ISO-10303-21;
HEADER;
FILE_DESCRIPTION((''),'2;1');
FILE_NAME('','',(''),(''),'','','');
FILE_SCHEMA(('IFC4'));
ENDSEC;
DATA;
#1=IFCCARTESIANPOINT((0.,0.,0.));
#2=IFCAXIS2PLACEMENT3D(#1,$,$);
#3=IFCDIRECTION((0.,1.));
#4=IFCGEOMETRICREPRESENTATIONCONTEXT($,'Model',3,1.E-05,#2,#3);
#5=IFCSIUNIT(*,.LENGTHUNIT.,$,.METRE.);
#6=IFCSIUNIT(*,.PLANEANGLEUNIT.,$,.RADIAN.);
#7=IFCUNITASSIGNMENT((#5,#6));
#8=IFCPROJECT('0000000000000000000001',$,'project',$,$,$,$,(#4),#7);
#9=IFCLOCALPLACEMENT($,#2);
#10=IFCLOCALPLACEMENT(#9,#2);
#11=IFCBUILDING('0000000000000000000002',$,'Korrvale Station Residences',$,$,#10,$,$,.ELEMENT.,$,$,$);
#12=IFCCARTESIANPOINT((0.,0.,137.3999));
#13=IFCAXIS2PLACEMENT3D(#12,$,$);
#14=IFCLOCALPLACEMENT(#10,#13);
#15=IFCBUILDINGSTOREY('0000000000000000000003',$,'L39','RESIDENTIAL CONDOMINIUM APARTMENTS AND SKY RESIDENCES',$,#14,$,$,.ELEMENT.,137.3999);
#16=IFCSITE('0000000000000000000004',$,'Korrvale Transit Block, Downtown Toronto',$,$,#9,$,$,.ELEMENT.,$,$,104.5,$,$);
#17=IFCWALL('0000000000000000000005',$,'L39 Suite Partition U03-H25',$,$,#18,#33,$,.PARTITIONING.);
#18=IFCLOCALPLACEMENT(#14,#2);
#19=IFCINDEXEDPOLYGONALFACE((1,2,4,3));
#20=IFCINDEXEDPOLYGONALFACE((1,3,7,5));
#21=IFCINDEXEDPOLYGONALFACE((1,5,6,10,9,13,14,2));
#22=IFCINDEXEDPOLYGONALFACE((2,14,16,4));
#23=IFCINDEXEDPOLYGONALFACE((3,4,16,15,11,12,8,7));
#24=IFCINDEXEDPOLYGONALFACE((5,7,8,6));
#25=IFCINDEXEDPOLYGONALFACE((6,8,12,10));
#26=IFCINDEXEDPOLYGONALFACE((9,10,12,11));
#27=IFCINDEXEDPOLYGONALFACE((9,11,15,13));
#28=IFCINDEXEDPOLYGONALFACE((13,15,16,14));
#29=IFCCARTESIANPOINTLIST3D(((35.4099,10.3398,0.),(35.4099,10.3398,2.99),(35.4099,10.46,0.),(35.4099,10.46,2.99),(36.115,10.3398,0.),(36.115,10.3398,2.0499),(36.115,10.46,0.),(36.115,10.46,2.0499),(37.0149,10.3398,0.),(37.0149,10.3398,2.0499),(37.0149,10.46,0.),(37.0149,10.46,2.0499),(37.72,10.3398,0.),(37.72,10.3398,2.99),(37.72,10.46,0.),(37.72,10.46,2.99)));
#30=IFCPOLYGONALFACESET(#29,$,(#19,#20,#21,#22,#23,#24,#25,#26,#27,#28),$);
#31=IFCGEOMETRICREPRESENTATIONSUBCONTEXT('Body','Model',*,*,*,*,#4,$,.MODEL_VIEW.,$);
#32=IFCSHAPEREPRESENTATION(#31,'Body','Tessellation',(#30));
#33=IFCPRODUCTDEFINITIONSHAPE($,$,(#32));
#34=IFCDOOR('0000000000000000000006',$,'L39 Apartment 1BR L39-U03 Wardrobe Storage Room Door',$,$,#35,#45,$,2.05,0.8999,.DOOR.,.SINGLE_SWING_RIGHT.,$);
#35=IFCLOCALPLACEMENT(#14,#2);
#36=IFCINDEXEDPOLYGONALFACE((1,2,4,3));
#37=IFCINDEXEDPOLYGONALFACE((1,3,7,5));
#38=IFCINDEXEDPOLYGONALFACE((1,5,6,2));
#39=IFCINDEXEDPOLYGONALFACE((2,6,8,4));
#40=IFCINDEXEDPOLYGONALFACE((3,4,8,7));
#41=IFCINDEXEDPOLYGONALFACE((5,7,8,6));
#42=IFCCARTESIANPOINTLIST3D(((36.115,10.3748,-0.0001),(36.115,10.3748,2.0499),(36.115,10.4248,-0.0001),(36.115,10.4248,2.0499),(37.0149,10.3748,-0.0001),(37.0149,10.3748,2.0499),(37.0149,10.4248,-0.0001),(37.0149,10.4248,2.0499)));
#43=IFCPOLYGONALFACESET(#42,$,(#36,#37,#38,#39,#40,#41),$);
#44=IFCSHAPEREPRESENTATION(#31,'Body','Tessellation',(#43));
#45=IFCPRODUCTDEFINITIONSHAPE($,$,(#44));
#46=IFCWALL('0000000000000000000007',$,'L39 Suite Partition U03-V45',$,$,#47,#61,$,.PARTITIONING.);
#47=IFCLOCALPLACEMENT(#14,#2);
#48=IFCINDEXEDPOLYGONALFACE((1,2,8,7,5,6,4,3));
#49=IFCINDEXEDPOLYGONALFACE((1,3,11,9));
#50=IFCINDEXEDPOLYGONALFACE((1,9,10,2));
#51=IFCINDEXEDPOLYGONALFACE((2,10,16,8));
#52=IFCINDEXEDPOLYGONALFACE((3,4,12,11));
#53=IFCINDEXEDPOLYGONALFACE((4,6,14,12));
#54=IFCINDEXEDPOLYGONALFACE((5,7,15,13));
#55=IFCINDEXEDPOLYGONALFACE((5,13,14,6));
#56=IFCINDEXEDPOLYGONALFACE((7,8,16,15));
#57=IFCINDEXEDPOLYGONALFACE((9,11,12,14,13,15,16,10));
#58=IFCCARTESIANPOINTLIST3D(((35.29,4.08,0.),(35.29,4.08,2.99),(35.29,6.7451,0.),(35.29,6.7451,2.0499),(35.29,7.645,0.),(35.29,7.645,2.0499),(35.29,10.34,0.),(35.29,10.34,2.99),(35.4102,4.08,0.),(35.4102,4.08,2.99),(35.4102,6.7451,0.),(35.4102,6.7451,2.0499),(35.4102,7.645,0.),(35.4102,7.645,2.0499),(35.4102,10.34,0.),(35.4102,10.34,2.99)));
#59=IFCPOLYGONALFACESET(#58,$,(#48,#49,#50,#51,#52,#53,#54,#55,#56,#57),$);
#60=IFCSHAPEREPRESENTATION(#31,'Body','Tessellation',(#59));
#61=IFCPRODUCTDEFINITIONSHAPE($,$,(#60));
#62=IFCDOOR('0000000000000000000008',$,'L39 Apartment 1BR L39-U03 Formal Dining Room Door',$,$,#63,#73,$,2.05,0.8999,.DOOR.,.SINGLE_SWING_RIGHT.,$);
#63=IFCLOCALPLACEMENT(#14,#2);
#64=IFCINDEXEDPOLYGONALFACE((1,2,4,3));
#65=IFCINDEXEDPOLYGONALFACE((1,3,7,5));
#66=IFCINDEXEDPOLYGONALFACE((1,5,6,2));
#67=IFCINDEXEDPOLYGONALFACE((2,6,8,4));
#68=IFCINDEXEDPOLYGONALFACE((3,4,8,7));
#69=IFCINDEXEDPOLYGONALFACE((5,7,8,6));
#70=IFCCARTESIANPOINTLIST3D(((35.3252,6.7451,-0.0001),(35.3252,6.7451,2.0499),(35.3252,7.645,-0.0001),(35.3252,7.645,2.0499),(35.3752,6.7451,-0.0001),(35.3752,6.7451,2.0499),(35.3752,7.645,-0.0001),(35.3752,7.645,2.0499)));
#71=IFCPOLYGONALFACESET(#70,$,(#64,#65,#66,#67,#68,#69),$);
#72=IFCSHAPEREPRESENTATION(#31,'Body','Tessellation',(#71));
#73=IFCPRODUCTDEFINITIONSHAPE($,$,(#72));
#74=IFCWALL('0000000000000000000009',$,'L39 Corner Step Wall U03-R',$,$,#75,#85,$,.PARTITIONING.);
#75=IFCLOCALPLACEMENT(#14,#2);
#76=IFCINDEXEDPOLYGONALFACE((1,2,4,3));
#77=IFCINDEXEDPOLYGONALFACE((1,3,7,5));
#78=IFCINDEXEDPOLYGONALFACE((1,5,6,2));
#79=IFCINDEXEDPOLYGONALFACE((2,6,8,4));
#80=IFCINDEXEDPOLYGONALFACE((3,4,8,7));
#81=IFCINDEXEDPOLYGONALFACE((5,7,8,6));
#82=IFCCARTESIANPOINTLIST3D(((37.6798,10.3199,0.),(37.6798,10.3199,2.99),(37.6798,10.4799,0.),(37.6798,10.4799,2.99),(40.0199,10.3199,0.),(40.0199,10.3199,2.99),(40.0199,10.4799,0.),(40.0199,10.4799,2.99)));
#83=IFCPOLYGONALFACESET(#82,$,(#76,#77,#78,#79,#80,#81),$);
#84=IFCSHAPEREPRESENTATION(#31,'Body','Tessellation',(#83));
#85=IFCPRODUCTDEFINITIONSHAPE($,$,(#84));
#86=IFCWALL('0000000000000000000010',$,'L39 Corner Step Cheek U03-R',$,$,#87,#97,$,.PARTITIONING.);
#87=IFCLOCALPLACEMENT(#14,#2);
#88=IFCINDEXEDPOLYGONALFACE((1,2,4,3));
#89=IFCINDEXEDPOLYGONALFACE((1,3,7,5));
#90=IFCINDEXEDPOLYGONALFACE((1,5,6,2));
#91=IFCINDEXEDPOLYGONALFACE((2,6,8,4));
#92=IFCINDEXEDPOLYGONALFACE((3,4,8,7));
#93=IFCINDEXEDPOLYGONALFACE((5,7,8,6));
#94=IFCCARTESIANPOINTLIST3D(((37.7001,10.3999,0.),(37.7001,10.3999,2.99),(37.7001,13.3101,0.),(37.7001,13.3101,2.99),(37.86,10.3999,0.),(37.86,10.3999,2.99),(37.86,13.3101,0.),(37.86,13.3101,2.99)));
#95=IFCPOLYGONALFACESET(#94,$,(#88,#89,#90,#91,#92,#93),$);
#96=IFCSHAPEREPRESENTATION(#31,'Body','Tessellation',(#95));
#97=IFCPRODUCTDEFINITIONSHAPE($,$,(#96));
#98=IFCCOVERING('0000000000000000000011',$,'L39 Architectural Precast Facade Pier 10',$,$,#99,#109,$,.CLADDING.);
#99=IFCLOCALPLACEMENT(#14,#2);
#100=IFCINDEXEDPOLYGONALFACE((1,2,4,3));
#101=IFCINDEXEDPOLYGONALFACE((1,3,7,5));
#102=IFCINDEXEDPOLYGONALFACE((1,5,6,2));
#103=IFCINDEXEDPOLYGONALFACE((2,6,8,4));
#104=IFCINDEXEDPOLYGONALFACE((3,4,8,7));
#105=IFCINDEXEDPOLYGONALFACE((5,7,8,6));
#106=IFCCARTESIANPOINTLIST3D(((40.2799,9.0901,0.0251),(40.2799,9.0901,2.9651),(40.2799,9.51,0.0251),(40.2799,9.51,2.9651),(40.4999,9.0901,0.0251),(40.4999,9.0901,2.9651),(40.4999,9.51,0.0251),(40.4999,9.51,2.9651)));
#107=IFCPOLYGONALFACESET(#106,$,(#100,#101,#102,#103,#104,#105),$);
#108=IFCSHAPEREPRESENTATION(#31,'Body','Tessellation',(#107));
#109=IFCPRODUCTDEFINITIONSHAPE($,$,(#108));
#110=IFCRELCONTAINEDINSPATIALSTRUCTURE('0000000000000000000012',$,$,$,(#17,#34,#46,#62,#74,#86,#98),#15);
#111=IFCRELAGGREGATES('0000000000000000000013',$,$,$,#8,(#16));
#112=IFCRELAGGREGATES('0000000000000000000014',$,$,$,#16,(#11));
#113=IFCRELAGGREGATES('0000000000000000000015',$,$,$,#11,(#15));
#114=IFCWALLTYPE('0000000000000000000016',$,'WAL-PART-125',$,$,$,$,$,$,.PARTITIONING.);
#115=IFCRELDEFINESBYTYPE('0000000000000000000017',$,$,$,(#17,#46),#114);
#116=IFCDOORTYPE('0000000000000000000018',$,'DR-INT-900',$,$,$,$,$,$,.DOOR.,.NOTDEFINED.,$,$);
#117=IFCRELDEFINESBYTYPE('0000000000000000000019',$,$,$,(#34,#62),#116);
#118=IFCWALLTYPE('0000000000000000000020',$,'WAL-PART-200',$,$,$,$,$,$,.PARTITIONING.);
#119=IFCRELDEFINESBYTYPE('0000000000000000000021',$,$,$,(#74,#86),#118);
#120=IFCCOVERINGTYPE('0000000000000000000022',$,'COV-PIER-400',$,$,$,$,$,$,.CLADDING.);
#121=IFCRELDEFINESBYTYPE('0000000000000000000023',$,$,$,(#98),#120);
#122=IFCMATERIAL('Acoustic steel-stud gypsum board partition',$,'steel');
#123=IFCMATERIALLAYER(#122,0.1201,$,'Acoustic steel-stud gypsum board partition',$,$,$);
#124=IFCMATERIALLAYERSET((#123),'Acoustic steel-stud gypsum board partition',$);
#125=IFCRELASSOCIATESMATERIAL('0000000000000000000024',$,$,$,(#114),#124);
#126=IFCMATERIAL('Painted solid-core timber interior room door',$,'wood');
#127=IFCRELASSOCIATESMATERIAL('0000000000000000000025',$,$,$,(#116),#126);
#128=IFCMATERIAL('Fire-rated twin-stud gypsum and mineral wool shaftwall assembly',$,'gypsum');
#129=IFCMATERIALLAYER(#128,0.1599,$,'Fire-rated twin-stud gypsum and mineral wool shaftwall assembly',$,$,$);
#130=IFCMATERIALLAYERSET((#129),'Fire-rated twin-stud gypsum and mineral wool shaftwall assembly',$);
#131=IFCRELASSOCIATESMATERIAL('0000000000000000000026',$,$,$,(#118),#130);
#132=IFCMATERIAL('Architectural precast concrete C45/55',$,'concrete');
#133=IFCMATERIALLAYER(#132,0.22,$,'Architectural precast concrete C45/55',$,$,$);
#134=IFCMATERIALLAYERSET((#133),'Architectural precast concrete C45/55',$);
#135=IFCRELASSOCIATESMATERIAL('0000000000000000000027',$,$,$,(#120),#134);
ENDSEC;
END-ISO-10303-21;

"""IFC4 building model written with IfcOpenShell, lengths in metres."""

from ifc_helpers import new_model, si_unit, direction, frame, frame_2d, origin, origin_2d, place, context, subcontext, project, spatial, rectangle, extrude, material, layer, layer_set, type_object, element, fill, save


model = new_model("IFC4")

# Units and contexts
model_context = context("Model", 3, precision=1e-05, world=origin(), true_north=direction((0.0, 1.0)))
body_context = subcontext(model_context, "Body", "Model", "MODEL_VIEW")
ifc_project = project(units=[si_unit("LENGTHUNIT", "METRE"), si_unit("PLANEANGLEUNIT", "RADIAN")], contexts=[model_context])

# Site, building, storey
site_placement = place(None, origin())
site = spatial("IfcSite", under=ifc_project, at=site_placement, Name="Korrvale Transit Block, Downtown Toronto", CompositionType="ELEMENT", RefElevation=104.5)
building_placement = place(site_placement, origin())
building = spatial("IfcBuilding", under=site, at=building_placement, Name="Korrvale Station Residences", CompositionType="ELEMENT")
storey_placement = place(building_placement, frame((0.0, 0.0, 137.3999)))
storey = spatial("IfcBuildingStorey", under=building, at=storey_placement, Name="L39", Description="RESIDENTIAL CONDOMINIUM APARTMENTS AND SKY RESIDENCES", CompositionType="ELEMENT", Elevation=137.3999)

# Shared definitions
ifc_material_1 = material(Name="Acoustic steel-stud gypsum board partition", Category="steel")
ifc_layer_1 = layer(ifc_material_1, 0.1201, Name="Acoustic steel-stud gypsum board partition")
ifc_layer_set_1 = layer_set([ifc_layer_1], Name="Acoustic steel-stud gypsum board partition")
wall_type_1 = type_object("IfcWallType", Name="WAL-PART-125", PredefinedType="PARTITIONING", material=ifc_layer_set_1)
ifc_material_2 = material(Name="Painted solid-core timber interior room door", Category="wood")
door_type = type_object("IfcDoorType", Name="DR-INT-900", OperationType="NOTDEFINED", PredefinedType="DOOR", material=ifc_material_2)

# Walls, openings, doors
wall_1_placement = place(storey_placement, frame((35.4099, 10.3999, 0.0), z_axis=(0.0, 0.0, 1.0), x_axis=(1.0, 0.0, 0.0)))
wall_1 = element("IfcWall", 1, at=wall_1_placement, inside=storey, type_object=wall_type_1, Name="L39 Suite Partition U03-H25", PredefinedType="PARTITIONING", context=body_context, shape_type="SweptSolid", body=[
    extrude(rectangle(XDim=2.3101, YDim=0.1201, at=frame_2d((1.155, 0.0))), origin(), (0.0, 0.0, 1.0), 2.99),
])
opening_1_placement = place(wall_1_placement, frame((0.7051, 0.0, 0.0)))
opening_1 = element("IfcOpeningElement", 2, at=opening_1_placement, cuts=wall_1, PredefinedType="OPENING", context=body_context, shape_type="SweptSolid", body=[
    extrude(rectangle(XDim=0.8999, YDim=2.05, at=frame_2d((0.45, 1.0249))), frame((0.0, 0.0701, 0.0), z_axis=(0.0, -1.0, 0.0), x_axis=(1.0, 0.0, 0.0)), (0.0, 0.0, 1.0), 0.1401),
])
door_1_placement = place(opening_1_placement, origin())
door_1 = element("IfcDoor", 3, at=door_1_placement, inside=storey, type_object=door_type, Name="L39 Apartment 1BR L39-U03 Wardrobe Storage Room Door", OperationType="SINGLE_SWING_RIGHT", OverallHeight=2.05, OverallWidth=0.8999, PredefinedType="DOOR", context=body_context, shape_type="SweptSolid", body=[
    extrude(rectangle(XDim=0.8999, YDim=2.05, at=frame_2d((0.45, 1.0249))), frame((0.0, 0.0249, 0.0), z_axis=(0.0, -1.0, 0.0), x_axis=(1.0, 0.0, 0.0)), (0.0, 0.0, 1.0), 0.05),
])
fill(opening_1, door_1)
wall_2_placement = place(storey_placement, frame((35.3501, 4.0801, 0.0), z_axis=(0.0, 0.0, 1.0), x_axis=(0.0, 1.0, 0.0)))
wall_2 = element("IfcWall", 4, at=wall_2_placement, inside=storey, type_object=wall_type_1, Name="L39 Suite Partition U03-V45", PredefinedType="PARTITIONING", context=body_context, shape_type="SweptSolid", body=[
    extrude(rectangle(XDim=6.26, YDim=0.1201, at=frame_2d((3.1299, 0.0))), origin(), (0.0, 0.0, 1.0), 2.99),
])
opening_2_placement = place(wall_2_placement, frame((2.665, 0.0, 0.0)))
opening_2 = element("IfcOpeningElement", 5, at=opening_2_placement, cuts=wall_2, PredefinedType="OPENING", context=body_context, shape_type="SweptSolid", body=[
    extrude(rectangle(XDim=0.8999, YDim=2.05, at=frame_2d((0.45, 1.0249))), frame((0.0, 0.0701, 0.0), z_axis=(0.0, -1.0, 0.0), x_axis=(1.0, 0.0, 0.0)), (0.0, 0.0, 1.0), 0.1401),
])
door_2_placement = place(opening_2_placement, origin())
door_2 = element("IfcDoor", 6, at=door_2_placement, inside=storey, type_object=door_type, Name="L39 Apartment 1BR L39-U03 Formal Dining Room Door", OperationType="SINGLE_SWING_RIGHT", OverallHeight=2.05, OverallWidth=0.8999, PredefinedType="DOOR", context=body_context, shape_type="SweptSolid", body=[
    extrude(rectangle(XDim=0.8999, YDim=2.05, at=frame_2d((0.45, 1.0249))), frame((0.0, 0.0249, 0.0), z_axis=(0.0, -1.0, 0.0), x_axis=(1.0, 0.0, 0.0)), (0.0, 0.0, 1.0), 0.05),
])
fill(opening_2, door_2)

# Walls
ifc_material_3 = material(Name="Fire-rated twin-stud gypsum and mineral wool shaftwall assembly", Category="gypsum")
ifc_layer_2 = layer(ifc_material_3, 0.1599, Name="Fire-rated twin-stud gypsum and mineral wool shaftwall assembly")
ifc_layer_set_2 = layer_set([ifc_layer_2], Name="Fire-rated twin-stud gypsum and mineral wool shaftwall assembly")
wall_type_2 = type_object("IfcWallType", Name="WAL-PART-200", PredefinedType="PARTITIONING", material=ifc_layer_set_2)
wall_3_placement = place(storey_placement, frame((37.6799, 10.3999, 0.0), z_axis=(0.0, 0.0, 1.0), x_axis=(1.0, 0.0, 0.0)))
element("IfcWall", 7, at=wall_3_placement, inside=storey, type_object=wall_type_2, Name="L39 Corner Step Wall U03-R", PredefinedType="PARTITIONING", context=body_context, shape_type="SweptSolid", body=[
    extrude(rectangle(XDim=2.3401, YDim=0.1599, at=frame_2d((1.1699, 0.0))), origin(), (0.0, 0.0, 1.0), 2.99),
])
wall_4_placement = place(storey_placement, frame((37.78, 10.3999, 0.0), z_axis=(0.0, 0.0, 1.0), x_axis=(0.0, 1.0, 0.0)))
element("IfcWall", 8, at=wall_4_placement, inside=storey, type_object=wall_type_2, Name="L39 Corner Step Cheek U03-R", PredefinedType="PARTITIONING", context=body_context, shape_type="SweptSolid", body=[
    extrude(rectangle(XDim=2.9102, YDim=0.1599, at=frame_2d((1.4551, 0.0))), origin(), (0.0, 0.0, 1.0), 2.99),
])

# Covering
ifc_material_4 = material(Name="Architectural precast concrete C45/55", Category="concrete")
ifc_layer_3 = layer(ifc_material_4, 0.22, Name="Architectural precast concrete C45/55")
ifc_layer_set_3 = layer_set([ifc_layer_3], Name="Architectural precast concrete C45/55")
covering_type = type_object("IfcCoveringType", Name="COV-PIER-400", PredefinedType="CLADDING", material=ifc_layer_set_3)
covering_placement = place(storey_placement, frame((40.3899, 9.3, 0.0251), z_axis=(0.0, 0.0, 1.0), x_axis=(0.0, 1.0, 0.0)))
element("IfcCovering", 9, at=covering_placement, inside=storey, type_object=covering_type, Name="L39 Architectural Precast Facade Pier 10", PredefinedType="CLADDING", context=body_context, shape_type="SweptSolid", body=[
    extrude(rectangle(XDim=0.4199, YDim=0.22, at=origin_2d()), origin(), (0.0, 0.0, 1.0), 2.9399),
])

save(model, "model.ifc")
